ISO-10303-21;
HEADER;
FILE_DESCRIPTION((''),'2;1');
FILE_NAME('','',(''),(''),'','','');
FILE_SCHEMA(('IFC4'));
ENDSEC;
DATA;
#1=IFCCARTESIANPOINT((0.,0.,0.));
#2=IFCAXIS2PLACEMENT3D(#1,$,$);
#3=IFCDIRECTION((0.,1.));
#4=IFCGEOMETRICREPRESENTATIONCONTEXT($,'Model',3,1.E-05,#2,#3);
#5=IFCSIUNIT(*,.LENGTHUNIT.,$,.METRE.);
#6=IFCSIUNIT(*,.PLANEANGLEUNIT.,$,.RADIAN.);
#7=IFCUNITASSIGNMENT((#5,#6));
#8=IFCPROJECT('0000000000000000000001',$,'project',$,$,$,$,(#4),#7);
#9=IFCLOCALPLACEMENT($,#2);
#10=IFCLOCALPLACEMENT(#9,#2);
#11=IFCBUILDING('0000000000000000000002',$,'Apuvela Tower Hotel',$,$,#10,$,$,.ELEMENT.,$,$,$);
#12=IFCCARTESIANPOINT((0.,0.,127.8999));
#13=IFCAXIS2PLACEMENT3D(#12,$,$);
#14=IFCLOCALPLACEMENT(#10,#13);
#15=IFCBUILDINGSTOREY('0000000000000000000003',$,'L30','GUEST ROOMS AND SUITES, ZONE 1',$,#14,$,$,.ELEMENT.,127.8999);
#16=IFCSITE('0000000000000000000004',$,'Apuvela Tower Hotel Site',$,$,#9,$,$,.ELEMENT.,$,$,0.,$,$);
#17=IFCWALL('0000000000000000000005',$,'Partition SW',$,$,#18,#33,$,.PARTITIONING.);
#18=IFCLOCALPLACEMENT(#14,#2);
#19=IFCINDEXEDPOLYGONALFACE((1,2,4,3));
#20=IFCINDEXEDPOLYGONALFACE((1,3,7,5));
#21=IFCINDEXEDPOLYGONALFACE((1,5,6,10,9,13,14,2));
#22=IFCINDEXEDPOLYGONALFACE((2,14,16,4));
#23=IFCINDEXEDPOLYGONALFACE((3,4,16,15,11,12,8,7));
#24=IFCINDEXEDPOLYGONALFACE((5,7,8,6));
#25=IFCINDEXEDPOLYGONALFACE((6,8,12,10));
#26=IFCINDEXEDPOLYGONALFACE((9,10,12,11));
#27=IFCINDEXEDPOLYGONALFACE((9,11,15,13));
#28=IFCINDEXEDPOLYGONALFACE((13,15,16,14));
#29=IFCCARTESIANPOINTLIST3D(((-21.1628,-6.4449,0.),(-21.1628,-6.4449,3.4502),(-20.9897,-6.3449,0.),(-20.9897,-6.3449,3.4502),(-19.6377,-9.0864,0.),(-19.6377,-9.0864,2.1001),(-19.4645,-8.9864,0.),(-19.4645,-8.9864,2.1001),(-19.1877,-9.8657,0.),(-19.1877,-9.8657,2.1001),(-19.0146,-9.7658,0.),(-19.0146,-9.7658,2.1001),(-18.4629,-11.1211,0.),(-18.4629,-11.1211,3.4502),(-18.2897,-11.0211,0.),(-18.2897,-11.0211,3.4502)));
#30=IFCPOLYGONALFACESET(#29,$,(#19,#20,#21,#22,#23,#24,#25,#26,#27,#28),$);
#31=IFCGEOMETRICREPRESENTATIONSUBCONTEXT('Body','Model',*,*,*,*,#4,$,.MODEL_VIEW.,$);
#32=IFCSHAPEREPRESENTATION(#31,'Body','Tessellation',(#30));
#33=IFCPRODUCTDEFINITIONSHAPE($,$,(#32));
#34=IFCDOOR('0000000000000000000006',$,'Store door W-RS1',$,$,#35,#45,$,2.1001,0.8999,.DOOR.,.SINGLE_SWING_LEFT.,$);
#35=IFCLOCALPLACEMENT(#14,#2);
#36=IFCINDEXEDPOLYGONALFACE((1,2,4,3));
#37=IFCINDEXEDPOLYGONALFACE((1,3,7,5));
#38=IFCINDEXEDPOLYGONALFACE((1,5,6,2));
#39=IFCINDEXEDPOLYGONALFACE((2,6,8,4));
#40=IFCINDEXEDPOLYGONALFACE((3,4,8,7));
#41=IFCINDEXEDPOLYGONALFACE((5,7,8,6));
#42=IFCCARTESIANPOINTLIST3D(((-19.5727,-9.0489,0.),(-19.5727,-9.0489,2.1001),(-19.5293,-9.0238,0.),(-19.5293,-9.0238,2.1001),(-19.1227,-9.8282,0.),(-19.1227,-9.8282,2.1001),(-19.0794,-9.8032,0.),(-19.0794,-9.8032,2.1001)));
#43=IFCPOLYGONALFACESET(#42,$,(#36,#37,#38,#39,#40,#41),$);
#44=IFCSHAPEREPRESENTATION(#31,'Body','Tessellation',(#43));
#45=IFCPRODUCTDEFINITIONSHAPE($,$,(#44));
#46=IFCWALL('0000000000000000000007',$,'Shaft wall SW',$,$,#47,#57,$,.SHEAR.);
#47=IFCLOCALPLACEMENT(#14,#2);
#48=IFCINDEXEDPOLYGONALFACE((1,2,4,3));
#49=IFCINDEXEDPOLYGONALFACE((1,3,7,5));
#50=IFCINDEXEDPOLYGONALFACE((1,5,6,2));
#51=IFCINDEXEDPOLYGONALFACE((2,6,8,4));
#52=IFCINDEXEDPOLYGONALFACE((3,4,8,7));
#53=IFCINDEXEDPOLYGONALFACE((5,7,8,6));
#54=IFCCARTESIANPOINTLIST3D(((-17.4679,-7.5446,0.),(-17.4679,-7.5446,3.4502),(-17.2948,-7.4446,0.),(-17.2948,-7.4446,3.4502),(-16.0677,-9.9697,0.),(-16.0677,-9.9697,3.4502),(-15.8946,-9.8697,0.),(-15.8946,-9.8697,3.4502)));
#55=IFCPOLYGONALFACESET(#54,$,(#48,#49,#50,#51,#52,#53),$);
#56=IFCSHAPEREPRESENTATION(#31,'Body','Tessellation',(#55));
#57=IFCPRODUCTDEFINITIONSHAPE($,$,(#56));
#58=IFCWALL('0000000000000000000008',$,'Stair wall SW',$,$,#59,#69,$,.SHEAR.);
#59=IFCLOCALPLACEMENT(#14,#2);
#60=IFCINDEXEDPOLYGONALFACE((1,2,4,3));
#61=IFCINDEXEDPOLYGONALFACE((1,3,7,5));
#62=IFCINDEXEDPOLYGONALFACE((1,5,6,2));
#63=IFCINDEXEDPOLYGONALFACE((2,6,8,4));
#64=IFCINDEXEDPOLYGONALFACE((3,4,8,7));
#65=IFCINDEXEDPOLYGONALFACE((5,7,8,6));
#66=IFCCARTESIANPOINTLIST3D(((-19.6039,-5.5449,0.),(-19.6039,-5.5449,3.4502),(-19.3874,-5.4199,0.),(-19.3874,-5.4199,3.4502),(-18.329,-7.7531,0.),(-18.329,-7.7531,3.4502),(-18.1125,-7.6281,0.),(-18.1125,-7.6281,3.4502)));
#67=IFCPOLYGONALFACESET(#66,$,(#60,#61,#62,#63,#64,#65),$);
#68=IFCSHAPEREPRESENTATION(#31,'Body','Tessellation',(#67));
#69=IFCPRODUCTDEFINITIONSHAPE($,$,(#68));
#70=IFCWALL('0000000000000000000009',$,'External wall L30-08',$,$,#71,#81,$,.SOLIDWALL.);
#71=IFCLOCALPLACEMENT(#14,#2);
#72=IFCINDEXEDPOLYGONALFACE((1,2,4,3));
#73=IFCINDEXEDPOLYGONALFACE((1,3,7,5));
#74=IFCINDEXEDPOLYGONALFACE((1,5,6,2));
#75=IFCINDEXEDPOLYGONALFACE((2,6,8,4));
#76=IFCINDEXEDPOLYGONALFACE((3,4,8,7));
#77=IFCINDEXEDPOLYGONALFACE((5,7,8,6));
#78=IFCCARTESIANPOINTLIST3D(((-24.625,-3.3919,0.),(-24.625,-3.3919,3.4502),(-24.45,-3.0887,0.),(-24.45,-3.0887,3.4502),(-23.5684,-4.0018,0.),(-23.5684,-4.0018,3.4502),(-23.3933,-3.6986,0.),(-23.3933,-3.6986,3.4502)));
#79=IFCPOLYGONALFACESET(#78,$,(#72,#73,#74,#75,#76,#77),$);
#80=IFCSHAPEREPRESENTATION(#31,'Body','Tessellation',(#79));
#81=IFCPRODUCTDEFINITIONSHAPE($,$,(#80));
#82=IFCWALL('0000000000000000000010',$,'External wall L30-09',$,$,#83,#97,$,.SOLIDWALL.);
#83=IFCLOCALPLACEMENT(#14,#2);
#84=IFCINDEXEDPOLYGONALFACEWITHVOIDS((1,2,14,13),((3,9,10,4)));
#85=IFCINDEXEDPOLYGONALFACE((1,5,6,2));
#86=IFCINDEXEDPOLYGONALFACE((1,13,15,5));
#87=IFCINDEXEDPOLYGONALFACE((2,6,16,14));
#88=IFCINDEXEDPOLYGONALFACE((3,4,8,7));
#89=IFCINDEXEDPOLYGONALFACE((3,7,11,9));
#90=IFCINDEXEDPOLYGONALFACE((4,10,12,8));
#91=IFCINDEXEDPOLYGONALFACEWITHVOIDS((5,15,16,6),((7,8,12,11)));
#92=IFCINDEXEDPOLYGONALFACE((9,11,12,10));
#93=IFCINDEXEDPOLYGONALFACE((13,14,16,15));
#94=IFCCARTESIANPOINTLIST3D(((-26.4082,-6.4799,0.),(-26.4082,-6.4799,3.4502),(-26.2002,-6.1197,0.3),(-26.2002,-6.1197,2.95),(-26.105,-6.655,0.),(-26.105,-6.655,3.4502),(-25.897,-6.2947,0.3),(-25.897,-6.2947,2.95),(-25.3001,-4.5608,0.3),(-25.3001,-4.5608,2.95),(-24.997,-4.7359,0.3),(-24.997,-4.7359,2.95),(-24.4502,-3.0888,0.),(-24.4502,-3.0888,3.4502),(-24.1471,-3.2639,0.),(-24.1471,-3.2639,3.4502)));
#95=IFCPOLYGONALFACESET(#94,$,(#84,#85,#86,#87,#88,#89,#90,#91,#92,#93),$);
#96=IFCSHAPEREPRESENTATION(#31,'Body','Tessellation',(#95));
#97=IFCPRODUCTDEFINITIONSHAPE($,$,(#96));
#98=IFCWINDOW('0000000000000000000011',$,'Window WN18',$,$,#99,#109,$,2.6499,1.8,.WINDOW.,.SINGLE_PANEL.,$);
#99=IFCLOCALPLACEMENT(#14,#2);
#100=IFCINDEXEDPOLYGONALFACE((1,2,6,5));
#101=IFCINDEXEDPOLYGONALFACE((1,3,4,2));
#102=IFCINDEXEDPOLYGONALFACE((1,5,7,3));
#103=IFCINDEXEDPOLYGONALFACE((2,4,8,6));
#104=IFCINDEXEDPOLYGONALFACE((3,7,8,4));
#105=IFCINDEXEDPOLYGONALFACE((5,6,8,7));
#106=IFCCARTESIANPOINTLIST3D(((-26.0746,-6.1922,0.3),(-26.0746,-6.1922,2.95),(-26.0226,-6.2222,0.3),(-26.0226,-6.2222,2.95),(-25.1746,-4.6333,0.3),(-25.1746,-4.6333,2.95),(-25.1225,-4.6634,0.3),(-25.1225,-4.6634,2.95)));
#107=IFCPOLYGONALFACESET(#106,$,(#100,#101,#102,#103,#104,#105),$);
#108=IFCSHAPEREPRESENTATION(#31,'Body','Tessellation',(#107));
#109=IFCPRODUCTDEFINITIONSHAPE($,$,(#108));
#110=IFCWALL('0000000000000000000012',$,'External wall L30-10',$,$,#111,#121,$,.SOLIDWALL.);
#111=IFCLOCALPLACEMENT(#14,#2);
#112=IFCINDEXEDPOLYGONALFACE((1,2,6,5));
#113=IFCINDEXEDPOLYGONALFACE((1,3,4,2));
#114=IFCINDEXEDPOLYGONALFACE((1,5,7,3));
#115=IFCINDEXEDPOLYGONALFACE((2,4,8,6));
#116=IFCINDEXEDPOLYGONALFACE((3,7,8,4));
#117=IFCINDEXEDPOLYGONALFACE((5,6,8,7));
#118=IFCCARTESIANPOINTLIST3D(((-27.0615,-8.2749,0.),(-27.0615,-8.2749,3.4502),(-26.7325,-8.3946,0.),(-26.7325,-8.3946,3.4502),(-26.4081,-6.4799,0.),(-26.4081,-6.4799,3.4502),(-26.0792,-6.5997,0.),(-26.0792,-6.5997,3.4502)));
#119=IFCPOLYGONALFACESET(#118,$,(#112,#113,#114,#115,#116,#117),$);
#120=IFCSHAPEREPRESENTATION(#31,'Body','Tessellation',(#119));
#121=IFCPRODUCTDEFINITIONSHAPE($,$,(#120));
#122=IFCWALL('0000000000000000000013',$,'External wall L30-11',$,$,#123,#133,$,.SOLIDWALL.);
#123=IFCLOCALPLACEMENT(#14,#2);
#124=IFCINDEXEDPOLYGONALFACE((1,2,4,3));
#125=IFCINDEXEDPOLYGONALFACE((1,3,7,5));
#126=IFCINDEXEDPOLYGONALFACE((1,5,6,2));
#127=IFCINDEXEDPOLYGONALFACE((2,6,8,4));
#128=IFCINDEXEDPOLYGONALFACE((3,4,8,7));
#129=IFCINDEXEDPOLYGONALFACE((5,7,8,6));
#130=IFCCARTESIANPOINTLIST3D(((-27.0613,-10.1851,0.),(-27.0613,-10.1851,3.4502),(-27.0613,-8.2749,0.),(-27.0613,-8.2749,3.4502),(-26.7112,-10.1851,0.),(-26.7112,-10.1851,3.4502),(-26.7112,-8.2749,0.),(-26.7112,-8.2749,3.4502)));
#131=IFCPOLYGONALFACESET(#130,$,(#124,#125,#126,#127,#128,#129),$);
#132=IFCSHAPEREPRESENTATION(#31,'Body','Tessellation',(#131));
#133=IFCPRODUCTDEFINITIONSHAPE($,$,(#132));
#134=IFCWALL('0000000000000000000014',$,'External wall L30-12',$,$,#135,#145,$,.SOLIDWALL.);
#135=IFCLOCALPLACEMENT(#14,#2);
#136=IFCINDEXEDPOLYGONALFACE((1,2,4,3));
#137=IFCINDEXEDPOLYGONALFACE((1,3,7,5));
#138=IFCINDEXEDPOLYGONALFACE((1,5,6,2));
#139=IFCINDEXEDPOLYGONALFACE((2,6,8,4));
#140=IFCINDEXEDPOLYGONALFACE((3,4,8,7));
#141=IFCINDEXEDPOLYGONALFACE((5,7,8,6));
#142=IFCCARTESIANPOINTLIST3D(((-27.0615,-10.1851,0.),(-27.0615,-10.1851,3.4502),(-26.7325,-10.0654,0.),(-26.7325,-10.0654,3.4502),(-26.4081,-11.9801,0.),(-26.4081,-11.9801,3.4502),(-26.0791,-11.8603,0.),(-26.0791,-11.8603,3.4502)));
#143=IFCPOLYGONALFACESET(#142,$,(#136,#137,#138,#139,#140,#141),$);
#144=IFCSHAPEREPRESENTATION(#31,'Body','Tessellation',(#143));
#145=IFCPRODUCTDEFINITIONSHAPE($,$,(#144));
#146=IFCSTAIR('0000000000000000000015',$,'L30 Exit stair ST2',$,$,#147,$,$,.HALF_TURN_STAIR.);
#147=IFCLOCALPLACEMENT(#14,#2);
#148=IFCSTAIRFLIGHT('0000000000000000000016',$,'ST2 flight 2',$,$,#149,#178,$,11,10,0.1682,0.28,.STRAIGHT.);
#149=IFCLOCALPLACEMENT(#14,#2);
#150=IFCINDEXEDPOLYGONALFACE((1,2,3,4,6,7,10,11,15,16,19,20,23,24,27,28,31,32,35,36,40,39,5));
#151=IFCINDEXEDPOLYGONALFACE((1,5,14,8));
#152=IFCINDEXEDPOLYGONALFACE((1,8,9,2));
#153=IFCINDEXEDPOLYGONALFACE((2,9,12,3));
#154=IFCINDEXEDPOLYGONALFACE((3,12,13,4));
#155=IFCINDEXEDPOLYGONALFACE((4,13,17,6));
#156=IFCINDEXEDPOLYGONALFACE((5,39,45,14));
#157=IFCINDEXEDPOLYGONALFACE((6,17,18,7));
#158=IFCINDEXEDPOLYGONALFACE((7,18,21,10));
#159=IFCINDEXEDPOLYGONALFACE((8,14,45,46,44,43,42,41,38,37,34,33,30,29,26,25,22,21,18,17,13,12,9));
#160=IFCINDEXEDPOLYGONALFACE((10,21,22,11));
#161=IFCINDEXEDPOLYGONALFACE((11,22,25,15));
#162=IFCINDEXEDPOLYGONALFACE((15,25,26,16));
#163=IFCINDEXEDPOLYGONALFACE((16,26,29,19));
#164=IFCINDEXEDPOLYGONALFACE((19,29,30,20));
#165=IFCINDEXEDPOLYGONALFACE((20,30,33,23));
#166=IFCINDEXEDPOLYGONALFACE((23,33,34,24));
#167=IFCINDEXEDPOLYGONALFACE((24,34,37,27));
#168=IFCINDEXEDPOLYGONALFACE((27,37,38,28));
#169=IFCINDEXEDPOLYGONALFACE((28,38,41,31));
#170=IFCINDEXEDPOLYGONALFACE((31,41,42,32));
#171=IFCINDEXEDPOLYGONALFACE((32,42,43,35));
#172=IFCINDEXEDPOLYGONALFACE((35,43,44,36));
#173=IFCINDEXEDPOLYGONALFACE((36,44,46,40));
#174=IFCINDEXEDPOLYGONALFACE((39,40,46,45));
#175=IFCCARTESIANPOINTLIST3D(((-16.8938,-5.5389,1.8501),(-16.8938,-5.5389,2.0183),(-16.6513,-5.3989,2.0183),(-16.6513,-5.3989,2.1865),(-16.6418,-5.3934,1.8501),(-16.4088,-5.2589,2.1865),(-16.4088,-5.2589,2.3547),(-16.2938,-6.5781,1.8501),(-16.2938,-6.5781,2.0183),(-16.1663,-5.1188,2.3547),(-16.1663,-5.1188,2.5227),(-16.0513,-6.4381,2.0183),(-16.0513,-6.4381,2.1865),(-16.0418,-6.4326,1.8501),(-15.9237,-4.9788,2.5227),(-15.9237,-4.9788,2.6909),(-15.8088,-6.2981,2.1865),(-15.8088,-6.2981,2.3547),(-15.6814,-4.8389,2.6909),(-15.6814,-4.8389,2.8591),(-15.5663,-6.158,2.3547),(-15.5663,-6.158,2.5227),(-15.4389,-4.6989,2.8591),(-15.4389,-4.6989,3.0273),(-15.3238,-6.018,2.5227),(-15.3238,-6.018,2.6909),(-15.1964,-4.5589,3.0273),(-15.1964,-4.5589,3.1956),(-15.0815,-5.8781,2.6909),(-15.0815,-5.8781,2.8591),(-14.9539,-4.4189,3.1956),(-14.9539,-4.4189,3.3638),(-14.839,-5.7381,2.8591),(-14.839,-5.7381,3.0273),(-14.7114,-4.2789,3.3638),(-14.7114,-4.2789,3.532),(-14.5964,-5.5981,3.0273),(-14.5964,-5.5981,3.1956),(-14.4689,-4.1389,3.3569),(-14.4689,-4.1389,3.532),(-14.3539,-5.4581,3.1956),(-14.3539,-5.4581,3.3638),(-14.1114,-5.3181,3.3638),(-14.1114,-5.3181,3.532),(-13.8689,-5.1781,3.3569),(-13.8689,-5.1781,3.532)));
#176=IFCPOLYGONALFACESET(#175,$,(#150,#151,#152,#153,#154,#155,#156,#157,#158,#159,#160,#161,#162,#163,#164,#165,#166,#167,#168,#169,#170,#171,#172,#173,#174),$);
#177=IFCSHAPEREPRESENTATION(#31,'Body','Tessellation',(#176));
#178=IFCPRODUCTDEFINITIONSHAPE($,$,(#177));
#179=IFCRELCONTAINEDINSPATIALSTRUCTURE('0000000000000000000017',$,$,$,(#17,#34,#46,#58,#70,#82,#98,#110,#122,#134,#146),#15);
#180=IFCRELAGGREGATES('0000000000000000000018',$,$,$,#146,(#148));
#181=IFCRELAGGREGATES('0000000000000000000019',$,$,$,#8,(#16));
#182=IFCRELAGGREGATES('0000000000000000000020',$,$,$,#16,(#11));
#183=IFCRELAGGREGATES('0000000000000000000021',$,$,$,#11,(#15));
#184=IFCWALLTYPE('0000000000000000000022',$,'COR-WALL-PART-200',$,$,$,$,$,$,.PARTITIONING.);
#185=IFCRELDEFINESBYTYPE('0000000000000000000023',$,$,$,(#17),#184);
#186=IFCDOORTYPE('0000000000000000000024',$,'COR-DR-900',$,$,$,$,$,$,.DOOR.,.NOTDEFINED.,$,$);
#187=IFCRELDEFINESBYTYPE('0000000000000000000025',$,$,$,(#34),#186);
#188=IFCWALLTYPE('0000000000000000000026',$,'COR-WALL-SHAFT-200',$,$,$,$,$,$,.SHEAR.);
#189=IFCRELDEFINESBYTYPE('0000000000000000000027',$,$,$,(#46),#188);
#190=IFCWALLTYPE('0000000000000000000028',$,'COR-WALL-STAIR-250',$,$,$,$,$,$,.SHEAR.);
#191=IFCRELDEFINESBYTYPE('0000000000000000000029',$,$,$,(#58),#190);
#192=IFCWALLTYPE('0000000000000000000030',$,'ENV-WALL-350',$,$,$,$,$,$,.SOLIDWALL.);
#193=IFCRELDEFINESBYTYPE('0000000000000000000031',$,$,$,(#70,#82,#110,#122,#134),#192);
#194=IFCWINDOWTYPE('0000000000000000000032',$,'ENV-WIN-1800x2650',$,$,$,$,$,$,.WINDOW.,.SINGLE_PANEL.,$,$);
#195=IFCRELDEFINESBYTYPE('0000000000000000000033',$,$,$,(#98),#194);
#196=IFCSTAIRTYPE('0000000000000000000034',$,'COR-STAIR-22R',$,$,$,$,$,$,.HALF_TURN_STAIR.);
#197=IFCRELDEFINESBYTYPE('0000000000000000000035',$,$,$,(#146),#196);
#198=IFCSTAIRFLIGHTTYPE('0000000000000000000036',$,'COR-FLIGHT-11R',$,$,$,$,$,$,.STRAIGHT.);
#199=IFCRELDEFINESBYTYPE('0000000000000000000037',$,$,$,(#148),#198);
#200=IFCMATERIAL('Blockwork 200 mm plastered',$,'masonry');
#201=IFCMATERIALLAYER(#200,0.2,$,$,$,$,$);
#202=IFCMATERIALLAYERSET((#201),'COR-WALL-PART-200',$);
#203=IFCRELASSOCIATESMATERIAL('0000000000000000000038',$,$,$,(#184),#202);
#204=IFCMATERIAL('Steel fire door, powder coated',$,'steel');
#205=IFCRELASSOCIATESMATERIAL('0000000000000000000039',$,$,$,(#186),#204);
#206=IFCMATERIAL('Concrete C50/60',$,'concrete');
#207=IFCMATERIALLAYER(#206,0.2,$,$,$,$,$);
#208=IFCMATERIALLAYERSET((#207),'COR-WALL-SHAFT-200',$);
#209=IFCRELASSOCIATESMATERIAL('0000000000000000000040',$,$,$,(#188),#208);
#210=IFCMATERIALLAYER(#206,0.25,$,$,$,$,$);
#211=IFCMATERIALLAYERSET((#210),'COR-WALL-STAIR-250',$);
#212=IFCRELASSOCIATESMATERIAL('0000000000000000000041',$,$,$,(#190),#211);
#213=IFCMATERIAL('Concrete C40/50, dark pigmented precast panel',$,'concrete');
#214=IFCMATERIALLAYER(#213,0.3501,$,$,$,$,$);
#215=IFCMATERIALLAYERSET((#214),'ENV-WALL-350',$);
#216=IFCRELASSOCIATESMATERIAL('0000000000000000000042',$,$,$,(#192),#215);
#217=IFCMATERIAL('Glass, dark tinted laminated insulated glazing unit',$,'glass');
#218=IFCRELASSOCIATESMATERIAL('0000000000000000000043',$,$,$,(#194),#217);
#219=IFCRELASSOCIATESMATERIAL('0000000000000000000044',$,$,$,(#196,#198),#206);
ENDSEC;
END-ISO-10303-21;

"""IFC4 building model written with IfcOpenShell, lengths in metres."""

from ifc_helpers import new_model, si_unit, direction, frame, frame_2d, origin, place, context, subcontext, project, spatial, polyline, rectangle, outline, extrude, material, layer, layer_set, type_object, element, fill, aggregate, save


model = new_model("IFC4")

# Units and contexts
model_context = context("Model", 3, precision=1e-05, world=origin(), true_north=direction((0.0, 1.0)))
body_context = subcontext(model_context, "Body", "Model", "MODEL_VIEW")
ifc_project = project(units=[si_unit("LENGTHUNIT", "METRE"), si_unit("PLANEANGLEUNIT", "RADIAN")], contexts=[model_context])

# Site, building, storey
site_placement = place(None, origin())
site = spatial("IfcSite", under=ifc_project, at=site_placement, Name="Apuvela Tower Hotel Site", CompositionType="ELEMENT", RefElevation=0.0)
building_placement = place(site_placement, origin())
building = spatial("IfcBuilding", under=site, at=building_placement, Name="Apuvela Tower Hotel", CompositionType="ELEMENT")
storey_placement = place(building_placement, frame((0.0, 0.0, 127.8999)))
storey = spatial("IfcBuildingStorey", under=building, at=storey_placement, Name="L30", Description="GUEST ROOMS AND SUITES, ZONE 1", CompositionType="ELEMENT", Elevation=127.8999)

# Wall, opening, door
ifc_material_1 = material(Name="Blockwork 200 mm plastered", Category="masonry")
ifc_layer_1 = layer(ifc_material_1, 0.2)
ifc_layer_set_1 = layer_set([ifc_layer_1], Name="COR-WALL-PART-200")
wall_type_1 = type_object("IfcWallType", Name="COR-WALL-PART-200", PredefinedType="PARTITIONING", material=ifc_layer_set_1)
wall_1_placement = place(storey_placement, frame((-21.0762, -6.395, 0.0), z_axis=(0.0, 0.0, 1.0), x_axis=(0.500015, -0.866017, 0.0)))
wall_1 = element("IfcWall", 1, at=wall_1_placement, inside=storey, type_object=wall_type_1, Name="Partition SW", PredefinedType="PARTITIONING", context=body_context, shape_type="SweptSolid", body=[
    extrude(rectangle(XDim=5.3997, YDim=0.2, at=frame_2d((2.6997, 0.0))), origin(), (0.0, 0.0, 1.0), 3.4502),
])
opening_1_placement = place(wall_1_placement, frame((3.05, 0.0, 0.0)))
opening_1 = element("IfcOpeningElement", 2, at=opening_1_placement, cuts=wall_1, PredefinedType="OPENING", context=body_context, shape_type="SweptSolid", body=[
    extrude(rectangle(XDim=0.8999, YDim=2.1001, at=frame_2d((0.45, 1.05))), frame((0.0, 0.1099, 0.0), z_axis=(0.0, -1.0, 0.0), x_axis=(1.0, 0.0, 0.0)), (0.0, 0.0, 1.0), 0.22),
])
ifc_material_2 = material(Name="Steel fire door, powder coated", Category="steel")
door_type_1 = type_object("IfcDoorType", Name="COR-DR-900", OperationType="NOTDEFINED", PredefinedType="DOOR", material=ifc_material_2)
door_1_placement = place(opening_1_placement, frame((0.8999, 0.0, 0.0), z_axis=(0.0, 0.0, 1.0), x_axis=(-1.0, 0.0, 0.0)))
door_1 = element("IfcDoor", 3, at=door_1_placement, inside=storey, type_object=door_type_1, Name="Store door W-RS1", OperationType="SINGLE_SWING_LEFT", OverallHeight=2.1001, OverallWidth=0.8999, PredefinedType="DOOR", context=body_context, shape_type="SweptSolid", body=[
    extrude(rectangle(XDim=0.8999, YDim=2.1001, at=frame_2d((0.45, 1.05))), frame((0.0, 0.0249, 0.0), z_axis=(0.0, -1.0, 0.0), x_axis=(1.0, 0.0, 0.0)), (0.0, 0.0, 1.0), 0.05),
])
fill(opening_1, door_1)

# Walls
ifc_material_3 = material(Name="Concrete C50/60", Category="concrete")
ifc_layer_2 = layer(ifc_material_3, 0.2)
ifc_layer_set_2 = layer_set([ifc_layer_2], Name="COR-WALL-SHAFT-200")
wall_type_2 = type_object("IfcWallType", Name="COR-WALL-SHAFT-200", PredefinedType="SHEAR", material=ifc_layer_set_2)
wall_2_placement = place(storey_placement, frame((-17.3813, -7.4946, 0.0), z_axis=(0.0, 0.0, 1.0), x_axis=(0.500012, -0.866019, 0.0)))
element("IfcWall", 4, at=wall_2_placement, inside=storey, type_object=wall_type_2, Name="Shaft wall SW", PredefinedType="SHEAR", context=body_context, shape_type="SweptSolid", body=[
    extrude(rectangle(XDim=2.8003, YDim=0.2, at=frame_2d((1.4001, 0.0))), origin(), (0.0, 0.0, 1.0), 3.4502),
])
ifc_layer_3 = layer(ifc_material_3, 0.25)
ifc_layer_set_3 = layer_set([ifc_layer_3], Name="COR-WALL-STAIR-250")
wall_type_3 = type_object("IfcWallType", Name="COR-WALL-STAIR-250", PredefinedType="SHEAR", material=ifc_layer_set_3)
wall_3_placement = place(storey_placement, frame((-19.4956, -5.4824, 0.0), z_axis=(0.0, 0.0, 1.0), x_axis=(0.49999, -0.866031, 0.0)))
element("IfcWall", 5, at=wall_3_placement, inside=storey, type_object=wall_type_3, Name="Stair wall SW", PredefinedType="SHEAR", context=body_context, shape_type="SweptSolid", body=[
    extrude(rectangle(XDim=2.5498, YDim=0.25, at=frame_2d((1.2749, 0.0))), origin(), (0.0, 0.0, 1.0), 3.4502),
])
ifc_material_4 = material(Name="Concrete C40/50, dark pigmented precast panel", Category="concrete")
ifc_layer_4 = layer(ifc_material_4, 0.3501)
ifc_layer_set_4 = layer_set([ifc_layer_4], Name="ENV-WALL-350")
wall_type_4 = type_object("IfcWallType", Name="ENV-WALL-350", PredefinedType="SOLIDWALL", material=ifc_layer_set_4)
wall_4_placement = place(storey_placement, frame((-23.481, -3.8501, 0.0), z_axis=(0.0, 0.0, 1.0), x_axis=(-0.866092, 0.499884, 0.0)))
element("IfcWall", 6, at=wall_4_placement, inside=storey, type_object=wall_type_4, Name="External wall L30-08", PredefinedType="SOLIDWALL", context=body_context, shape_type="SweptSolid", body=[
    extrude(rectangle(XDim=1.22, YDim=0.3501, at=frame_2d((0.6099, 0.0))), origin(), (0.0, 0.0, 1.0), 3.4502),
])

# Wall, opening, window
wall_5_placement = place(storey_placement, frame((-24.2986, -3.1763, 0.0), z_axis=(0.0, 0.0, 1.0), x_axis=(-0.500028, -0.866009, 0.0)))
wall_5 = element("IfcWall", 7, at=wall_5_placement, inside=storey, type_object=wall_type_4, Name="External wall L30-09", PredefinedType="SOLIDWALL", context=body_context, shape_type="SweptSolid", body=[
    extrude(rectangle(XDim=3.9158, YDim=0.3501, at=frame_2d((1.958, 0.0))), origin(), (0.0, 0.0, 1.0), 3.4502),
])
opening_2_placement = place(wall_5_placement, frame((1.7, 0.0, 0.3)))
opening_2 = element("IfcOpeningElement", 8, at=opening_2_placement, cuts=wall_5, PredefinedType="OPENING", context=body_context, shape_type="SweptSolid", body=[
    extrude(rectangle(XDim=1.8, YDim=2.6499, at=frame_2d((0.8999, 1.325))), frame((0.0, 0.1851, 0.0), z_axis=(0.0, -1.0, 0.0), x_axis=(1.0, 0.0, 0.0)), (0.0, 0.0, 1.0), 0.3701),
])
ifc_material_5 = material(Name="Glass, dark tinted laminated insulated glazing unit", Category="glass")
window_type = type_object("IfcWindowType", Name="ENV-WIN-1800x2650", PartitioningType="SINGLE_PANEL", PredefinedType="WINDOW", material=ifc_material_5)
window_placement = place(opening_2_placement, origin())
window = element("IfcWindow", 9, at=window_placement, inside=storey, type_object=window_type, Name="Window WN18", OverallHeight=2.6499, OverallWidth=1.8, PartitioningType="SINGLE_PANEL", PredefinedType="WINDOW", context=body_context, shape_type="SweptSolid", body=[
    extrude(rectangle(XDim=1.8, YDim=2.6499, at=frame_2d((0.8999, 1.325))), frame((0.0, 0.03, 0.0), z_axis=(0.0, -1.0, 0.0), x_axis=(1.0, 0.0, 0.0)), (0.0, 0.0, 1.0), 0.0601),
])
fill(opening_2, window)

# Walls
for number, where, z_axis, x_axis, name in (
    (10, (-26.2437, -6.5398, 0.0), (0.0, 0.0, 1.0), (-0.34203, -0.939689, 0.0), "External wall L30-10"),
    (11, (-26.8862, -8.2749, 0.0), (0.0, 0.0, 1.0), (0.0, -1.0, 0.0), "External wall L30-11"),
    (12, (-26.897, -10.1252, 0.0), (0.0, 0.0, 1.0), (0.34203, -0.939689, 0.0), "External wall L30-12"),
):
    element("IfcWall", number, at=place(storey_placement, frame(where, z_axis=z_axis, x_axis=x_axis)), inside=storey, type_object=wall_type_4, Name=name, PredefinedType="SOLIDWALL", context=body_context, shape_type="SweptSolid", body=[
        extrude(rectangle(XDim=1.9102, YDim=0.3501, at=frame_2d((0.9551, 0.0))), origin(), (0.0, 0.0, 1.0), 3.4502),
    ])

# Stair, stair flight
stair_type = type_object("IfcStairType", Name="COR-STAIR-22R", PredefinedType="HALF_TURN_STAIR", material=ifc_material_3)
stair_placement = place(storey_placement, origin())
stair = element("IfcStair", 13, at=stair_placement, inside=storey, type_object=stair_type, Name="L30 Exit stair ST2", PredefinedType="HALF_TURN_STAIR")
stair_flight_type = type_object("IfcStairFlightType", Name="COR-FLIGHT-11R", PredefinedType="STRAIGHT", material=ifc_material_3)
stair_flight_placement = place(storey_placement, frame((-16.5938, -6.0586, 1.8501), z_axis=(0.0, 0.0, 1.0), x_axis=(0.866025, 0.5, 0.0)))
stair_flight = element("IfcStairFlight", 14, at=stair_flight_placement, type_object=stair_flight_type, Name="ST2 flight 2", NumberOfRisers=11, NumberOfTreads=10, PredefinedType="STRAIGHT", RiserHeight=0.1682, TreadLength=0.28, context=body_context, shape_type="SweptSolid", body=[
    extrude(outline(polyline([(0.0, 0.0), (0.0, 0.1682), (0.28, 0.1682), (0.28, 0.3364), (0.5601, 0.3364), (0.5601, 0.5046), (0.8401, 0.5046), (0.8401, 0.6726), (1.1201, 0.6726), (1.1201, 0.8408), (1.3999, 0.8408), (1.3999, 1.009), (1.6799, 1.009), (1.6799, 1.1772), (1.96, 1.1772), (1.96, 1.3455), (2.24, 1.3455), (2.24, 1.5137), (2.52, 1.5137), (2.52, 1.6819), (2.8, 1.6819), (2.8, 1.8501), (2.8, 1.5068), (0.291, 0.0), (0.0, 0.0)])), frame((0.0, 0.6001, 0.0), z_axis=(0.0, -1.0, 0.0), x_axis=(1.0, 0.0, 0.0)), (0.0, 0.0, 1.0), 1.2),
])
aggregate(stair, [stair_flight])

save(model, "model.ifc")
